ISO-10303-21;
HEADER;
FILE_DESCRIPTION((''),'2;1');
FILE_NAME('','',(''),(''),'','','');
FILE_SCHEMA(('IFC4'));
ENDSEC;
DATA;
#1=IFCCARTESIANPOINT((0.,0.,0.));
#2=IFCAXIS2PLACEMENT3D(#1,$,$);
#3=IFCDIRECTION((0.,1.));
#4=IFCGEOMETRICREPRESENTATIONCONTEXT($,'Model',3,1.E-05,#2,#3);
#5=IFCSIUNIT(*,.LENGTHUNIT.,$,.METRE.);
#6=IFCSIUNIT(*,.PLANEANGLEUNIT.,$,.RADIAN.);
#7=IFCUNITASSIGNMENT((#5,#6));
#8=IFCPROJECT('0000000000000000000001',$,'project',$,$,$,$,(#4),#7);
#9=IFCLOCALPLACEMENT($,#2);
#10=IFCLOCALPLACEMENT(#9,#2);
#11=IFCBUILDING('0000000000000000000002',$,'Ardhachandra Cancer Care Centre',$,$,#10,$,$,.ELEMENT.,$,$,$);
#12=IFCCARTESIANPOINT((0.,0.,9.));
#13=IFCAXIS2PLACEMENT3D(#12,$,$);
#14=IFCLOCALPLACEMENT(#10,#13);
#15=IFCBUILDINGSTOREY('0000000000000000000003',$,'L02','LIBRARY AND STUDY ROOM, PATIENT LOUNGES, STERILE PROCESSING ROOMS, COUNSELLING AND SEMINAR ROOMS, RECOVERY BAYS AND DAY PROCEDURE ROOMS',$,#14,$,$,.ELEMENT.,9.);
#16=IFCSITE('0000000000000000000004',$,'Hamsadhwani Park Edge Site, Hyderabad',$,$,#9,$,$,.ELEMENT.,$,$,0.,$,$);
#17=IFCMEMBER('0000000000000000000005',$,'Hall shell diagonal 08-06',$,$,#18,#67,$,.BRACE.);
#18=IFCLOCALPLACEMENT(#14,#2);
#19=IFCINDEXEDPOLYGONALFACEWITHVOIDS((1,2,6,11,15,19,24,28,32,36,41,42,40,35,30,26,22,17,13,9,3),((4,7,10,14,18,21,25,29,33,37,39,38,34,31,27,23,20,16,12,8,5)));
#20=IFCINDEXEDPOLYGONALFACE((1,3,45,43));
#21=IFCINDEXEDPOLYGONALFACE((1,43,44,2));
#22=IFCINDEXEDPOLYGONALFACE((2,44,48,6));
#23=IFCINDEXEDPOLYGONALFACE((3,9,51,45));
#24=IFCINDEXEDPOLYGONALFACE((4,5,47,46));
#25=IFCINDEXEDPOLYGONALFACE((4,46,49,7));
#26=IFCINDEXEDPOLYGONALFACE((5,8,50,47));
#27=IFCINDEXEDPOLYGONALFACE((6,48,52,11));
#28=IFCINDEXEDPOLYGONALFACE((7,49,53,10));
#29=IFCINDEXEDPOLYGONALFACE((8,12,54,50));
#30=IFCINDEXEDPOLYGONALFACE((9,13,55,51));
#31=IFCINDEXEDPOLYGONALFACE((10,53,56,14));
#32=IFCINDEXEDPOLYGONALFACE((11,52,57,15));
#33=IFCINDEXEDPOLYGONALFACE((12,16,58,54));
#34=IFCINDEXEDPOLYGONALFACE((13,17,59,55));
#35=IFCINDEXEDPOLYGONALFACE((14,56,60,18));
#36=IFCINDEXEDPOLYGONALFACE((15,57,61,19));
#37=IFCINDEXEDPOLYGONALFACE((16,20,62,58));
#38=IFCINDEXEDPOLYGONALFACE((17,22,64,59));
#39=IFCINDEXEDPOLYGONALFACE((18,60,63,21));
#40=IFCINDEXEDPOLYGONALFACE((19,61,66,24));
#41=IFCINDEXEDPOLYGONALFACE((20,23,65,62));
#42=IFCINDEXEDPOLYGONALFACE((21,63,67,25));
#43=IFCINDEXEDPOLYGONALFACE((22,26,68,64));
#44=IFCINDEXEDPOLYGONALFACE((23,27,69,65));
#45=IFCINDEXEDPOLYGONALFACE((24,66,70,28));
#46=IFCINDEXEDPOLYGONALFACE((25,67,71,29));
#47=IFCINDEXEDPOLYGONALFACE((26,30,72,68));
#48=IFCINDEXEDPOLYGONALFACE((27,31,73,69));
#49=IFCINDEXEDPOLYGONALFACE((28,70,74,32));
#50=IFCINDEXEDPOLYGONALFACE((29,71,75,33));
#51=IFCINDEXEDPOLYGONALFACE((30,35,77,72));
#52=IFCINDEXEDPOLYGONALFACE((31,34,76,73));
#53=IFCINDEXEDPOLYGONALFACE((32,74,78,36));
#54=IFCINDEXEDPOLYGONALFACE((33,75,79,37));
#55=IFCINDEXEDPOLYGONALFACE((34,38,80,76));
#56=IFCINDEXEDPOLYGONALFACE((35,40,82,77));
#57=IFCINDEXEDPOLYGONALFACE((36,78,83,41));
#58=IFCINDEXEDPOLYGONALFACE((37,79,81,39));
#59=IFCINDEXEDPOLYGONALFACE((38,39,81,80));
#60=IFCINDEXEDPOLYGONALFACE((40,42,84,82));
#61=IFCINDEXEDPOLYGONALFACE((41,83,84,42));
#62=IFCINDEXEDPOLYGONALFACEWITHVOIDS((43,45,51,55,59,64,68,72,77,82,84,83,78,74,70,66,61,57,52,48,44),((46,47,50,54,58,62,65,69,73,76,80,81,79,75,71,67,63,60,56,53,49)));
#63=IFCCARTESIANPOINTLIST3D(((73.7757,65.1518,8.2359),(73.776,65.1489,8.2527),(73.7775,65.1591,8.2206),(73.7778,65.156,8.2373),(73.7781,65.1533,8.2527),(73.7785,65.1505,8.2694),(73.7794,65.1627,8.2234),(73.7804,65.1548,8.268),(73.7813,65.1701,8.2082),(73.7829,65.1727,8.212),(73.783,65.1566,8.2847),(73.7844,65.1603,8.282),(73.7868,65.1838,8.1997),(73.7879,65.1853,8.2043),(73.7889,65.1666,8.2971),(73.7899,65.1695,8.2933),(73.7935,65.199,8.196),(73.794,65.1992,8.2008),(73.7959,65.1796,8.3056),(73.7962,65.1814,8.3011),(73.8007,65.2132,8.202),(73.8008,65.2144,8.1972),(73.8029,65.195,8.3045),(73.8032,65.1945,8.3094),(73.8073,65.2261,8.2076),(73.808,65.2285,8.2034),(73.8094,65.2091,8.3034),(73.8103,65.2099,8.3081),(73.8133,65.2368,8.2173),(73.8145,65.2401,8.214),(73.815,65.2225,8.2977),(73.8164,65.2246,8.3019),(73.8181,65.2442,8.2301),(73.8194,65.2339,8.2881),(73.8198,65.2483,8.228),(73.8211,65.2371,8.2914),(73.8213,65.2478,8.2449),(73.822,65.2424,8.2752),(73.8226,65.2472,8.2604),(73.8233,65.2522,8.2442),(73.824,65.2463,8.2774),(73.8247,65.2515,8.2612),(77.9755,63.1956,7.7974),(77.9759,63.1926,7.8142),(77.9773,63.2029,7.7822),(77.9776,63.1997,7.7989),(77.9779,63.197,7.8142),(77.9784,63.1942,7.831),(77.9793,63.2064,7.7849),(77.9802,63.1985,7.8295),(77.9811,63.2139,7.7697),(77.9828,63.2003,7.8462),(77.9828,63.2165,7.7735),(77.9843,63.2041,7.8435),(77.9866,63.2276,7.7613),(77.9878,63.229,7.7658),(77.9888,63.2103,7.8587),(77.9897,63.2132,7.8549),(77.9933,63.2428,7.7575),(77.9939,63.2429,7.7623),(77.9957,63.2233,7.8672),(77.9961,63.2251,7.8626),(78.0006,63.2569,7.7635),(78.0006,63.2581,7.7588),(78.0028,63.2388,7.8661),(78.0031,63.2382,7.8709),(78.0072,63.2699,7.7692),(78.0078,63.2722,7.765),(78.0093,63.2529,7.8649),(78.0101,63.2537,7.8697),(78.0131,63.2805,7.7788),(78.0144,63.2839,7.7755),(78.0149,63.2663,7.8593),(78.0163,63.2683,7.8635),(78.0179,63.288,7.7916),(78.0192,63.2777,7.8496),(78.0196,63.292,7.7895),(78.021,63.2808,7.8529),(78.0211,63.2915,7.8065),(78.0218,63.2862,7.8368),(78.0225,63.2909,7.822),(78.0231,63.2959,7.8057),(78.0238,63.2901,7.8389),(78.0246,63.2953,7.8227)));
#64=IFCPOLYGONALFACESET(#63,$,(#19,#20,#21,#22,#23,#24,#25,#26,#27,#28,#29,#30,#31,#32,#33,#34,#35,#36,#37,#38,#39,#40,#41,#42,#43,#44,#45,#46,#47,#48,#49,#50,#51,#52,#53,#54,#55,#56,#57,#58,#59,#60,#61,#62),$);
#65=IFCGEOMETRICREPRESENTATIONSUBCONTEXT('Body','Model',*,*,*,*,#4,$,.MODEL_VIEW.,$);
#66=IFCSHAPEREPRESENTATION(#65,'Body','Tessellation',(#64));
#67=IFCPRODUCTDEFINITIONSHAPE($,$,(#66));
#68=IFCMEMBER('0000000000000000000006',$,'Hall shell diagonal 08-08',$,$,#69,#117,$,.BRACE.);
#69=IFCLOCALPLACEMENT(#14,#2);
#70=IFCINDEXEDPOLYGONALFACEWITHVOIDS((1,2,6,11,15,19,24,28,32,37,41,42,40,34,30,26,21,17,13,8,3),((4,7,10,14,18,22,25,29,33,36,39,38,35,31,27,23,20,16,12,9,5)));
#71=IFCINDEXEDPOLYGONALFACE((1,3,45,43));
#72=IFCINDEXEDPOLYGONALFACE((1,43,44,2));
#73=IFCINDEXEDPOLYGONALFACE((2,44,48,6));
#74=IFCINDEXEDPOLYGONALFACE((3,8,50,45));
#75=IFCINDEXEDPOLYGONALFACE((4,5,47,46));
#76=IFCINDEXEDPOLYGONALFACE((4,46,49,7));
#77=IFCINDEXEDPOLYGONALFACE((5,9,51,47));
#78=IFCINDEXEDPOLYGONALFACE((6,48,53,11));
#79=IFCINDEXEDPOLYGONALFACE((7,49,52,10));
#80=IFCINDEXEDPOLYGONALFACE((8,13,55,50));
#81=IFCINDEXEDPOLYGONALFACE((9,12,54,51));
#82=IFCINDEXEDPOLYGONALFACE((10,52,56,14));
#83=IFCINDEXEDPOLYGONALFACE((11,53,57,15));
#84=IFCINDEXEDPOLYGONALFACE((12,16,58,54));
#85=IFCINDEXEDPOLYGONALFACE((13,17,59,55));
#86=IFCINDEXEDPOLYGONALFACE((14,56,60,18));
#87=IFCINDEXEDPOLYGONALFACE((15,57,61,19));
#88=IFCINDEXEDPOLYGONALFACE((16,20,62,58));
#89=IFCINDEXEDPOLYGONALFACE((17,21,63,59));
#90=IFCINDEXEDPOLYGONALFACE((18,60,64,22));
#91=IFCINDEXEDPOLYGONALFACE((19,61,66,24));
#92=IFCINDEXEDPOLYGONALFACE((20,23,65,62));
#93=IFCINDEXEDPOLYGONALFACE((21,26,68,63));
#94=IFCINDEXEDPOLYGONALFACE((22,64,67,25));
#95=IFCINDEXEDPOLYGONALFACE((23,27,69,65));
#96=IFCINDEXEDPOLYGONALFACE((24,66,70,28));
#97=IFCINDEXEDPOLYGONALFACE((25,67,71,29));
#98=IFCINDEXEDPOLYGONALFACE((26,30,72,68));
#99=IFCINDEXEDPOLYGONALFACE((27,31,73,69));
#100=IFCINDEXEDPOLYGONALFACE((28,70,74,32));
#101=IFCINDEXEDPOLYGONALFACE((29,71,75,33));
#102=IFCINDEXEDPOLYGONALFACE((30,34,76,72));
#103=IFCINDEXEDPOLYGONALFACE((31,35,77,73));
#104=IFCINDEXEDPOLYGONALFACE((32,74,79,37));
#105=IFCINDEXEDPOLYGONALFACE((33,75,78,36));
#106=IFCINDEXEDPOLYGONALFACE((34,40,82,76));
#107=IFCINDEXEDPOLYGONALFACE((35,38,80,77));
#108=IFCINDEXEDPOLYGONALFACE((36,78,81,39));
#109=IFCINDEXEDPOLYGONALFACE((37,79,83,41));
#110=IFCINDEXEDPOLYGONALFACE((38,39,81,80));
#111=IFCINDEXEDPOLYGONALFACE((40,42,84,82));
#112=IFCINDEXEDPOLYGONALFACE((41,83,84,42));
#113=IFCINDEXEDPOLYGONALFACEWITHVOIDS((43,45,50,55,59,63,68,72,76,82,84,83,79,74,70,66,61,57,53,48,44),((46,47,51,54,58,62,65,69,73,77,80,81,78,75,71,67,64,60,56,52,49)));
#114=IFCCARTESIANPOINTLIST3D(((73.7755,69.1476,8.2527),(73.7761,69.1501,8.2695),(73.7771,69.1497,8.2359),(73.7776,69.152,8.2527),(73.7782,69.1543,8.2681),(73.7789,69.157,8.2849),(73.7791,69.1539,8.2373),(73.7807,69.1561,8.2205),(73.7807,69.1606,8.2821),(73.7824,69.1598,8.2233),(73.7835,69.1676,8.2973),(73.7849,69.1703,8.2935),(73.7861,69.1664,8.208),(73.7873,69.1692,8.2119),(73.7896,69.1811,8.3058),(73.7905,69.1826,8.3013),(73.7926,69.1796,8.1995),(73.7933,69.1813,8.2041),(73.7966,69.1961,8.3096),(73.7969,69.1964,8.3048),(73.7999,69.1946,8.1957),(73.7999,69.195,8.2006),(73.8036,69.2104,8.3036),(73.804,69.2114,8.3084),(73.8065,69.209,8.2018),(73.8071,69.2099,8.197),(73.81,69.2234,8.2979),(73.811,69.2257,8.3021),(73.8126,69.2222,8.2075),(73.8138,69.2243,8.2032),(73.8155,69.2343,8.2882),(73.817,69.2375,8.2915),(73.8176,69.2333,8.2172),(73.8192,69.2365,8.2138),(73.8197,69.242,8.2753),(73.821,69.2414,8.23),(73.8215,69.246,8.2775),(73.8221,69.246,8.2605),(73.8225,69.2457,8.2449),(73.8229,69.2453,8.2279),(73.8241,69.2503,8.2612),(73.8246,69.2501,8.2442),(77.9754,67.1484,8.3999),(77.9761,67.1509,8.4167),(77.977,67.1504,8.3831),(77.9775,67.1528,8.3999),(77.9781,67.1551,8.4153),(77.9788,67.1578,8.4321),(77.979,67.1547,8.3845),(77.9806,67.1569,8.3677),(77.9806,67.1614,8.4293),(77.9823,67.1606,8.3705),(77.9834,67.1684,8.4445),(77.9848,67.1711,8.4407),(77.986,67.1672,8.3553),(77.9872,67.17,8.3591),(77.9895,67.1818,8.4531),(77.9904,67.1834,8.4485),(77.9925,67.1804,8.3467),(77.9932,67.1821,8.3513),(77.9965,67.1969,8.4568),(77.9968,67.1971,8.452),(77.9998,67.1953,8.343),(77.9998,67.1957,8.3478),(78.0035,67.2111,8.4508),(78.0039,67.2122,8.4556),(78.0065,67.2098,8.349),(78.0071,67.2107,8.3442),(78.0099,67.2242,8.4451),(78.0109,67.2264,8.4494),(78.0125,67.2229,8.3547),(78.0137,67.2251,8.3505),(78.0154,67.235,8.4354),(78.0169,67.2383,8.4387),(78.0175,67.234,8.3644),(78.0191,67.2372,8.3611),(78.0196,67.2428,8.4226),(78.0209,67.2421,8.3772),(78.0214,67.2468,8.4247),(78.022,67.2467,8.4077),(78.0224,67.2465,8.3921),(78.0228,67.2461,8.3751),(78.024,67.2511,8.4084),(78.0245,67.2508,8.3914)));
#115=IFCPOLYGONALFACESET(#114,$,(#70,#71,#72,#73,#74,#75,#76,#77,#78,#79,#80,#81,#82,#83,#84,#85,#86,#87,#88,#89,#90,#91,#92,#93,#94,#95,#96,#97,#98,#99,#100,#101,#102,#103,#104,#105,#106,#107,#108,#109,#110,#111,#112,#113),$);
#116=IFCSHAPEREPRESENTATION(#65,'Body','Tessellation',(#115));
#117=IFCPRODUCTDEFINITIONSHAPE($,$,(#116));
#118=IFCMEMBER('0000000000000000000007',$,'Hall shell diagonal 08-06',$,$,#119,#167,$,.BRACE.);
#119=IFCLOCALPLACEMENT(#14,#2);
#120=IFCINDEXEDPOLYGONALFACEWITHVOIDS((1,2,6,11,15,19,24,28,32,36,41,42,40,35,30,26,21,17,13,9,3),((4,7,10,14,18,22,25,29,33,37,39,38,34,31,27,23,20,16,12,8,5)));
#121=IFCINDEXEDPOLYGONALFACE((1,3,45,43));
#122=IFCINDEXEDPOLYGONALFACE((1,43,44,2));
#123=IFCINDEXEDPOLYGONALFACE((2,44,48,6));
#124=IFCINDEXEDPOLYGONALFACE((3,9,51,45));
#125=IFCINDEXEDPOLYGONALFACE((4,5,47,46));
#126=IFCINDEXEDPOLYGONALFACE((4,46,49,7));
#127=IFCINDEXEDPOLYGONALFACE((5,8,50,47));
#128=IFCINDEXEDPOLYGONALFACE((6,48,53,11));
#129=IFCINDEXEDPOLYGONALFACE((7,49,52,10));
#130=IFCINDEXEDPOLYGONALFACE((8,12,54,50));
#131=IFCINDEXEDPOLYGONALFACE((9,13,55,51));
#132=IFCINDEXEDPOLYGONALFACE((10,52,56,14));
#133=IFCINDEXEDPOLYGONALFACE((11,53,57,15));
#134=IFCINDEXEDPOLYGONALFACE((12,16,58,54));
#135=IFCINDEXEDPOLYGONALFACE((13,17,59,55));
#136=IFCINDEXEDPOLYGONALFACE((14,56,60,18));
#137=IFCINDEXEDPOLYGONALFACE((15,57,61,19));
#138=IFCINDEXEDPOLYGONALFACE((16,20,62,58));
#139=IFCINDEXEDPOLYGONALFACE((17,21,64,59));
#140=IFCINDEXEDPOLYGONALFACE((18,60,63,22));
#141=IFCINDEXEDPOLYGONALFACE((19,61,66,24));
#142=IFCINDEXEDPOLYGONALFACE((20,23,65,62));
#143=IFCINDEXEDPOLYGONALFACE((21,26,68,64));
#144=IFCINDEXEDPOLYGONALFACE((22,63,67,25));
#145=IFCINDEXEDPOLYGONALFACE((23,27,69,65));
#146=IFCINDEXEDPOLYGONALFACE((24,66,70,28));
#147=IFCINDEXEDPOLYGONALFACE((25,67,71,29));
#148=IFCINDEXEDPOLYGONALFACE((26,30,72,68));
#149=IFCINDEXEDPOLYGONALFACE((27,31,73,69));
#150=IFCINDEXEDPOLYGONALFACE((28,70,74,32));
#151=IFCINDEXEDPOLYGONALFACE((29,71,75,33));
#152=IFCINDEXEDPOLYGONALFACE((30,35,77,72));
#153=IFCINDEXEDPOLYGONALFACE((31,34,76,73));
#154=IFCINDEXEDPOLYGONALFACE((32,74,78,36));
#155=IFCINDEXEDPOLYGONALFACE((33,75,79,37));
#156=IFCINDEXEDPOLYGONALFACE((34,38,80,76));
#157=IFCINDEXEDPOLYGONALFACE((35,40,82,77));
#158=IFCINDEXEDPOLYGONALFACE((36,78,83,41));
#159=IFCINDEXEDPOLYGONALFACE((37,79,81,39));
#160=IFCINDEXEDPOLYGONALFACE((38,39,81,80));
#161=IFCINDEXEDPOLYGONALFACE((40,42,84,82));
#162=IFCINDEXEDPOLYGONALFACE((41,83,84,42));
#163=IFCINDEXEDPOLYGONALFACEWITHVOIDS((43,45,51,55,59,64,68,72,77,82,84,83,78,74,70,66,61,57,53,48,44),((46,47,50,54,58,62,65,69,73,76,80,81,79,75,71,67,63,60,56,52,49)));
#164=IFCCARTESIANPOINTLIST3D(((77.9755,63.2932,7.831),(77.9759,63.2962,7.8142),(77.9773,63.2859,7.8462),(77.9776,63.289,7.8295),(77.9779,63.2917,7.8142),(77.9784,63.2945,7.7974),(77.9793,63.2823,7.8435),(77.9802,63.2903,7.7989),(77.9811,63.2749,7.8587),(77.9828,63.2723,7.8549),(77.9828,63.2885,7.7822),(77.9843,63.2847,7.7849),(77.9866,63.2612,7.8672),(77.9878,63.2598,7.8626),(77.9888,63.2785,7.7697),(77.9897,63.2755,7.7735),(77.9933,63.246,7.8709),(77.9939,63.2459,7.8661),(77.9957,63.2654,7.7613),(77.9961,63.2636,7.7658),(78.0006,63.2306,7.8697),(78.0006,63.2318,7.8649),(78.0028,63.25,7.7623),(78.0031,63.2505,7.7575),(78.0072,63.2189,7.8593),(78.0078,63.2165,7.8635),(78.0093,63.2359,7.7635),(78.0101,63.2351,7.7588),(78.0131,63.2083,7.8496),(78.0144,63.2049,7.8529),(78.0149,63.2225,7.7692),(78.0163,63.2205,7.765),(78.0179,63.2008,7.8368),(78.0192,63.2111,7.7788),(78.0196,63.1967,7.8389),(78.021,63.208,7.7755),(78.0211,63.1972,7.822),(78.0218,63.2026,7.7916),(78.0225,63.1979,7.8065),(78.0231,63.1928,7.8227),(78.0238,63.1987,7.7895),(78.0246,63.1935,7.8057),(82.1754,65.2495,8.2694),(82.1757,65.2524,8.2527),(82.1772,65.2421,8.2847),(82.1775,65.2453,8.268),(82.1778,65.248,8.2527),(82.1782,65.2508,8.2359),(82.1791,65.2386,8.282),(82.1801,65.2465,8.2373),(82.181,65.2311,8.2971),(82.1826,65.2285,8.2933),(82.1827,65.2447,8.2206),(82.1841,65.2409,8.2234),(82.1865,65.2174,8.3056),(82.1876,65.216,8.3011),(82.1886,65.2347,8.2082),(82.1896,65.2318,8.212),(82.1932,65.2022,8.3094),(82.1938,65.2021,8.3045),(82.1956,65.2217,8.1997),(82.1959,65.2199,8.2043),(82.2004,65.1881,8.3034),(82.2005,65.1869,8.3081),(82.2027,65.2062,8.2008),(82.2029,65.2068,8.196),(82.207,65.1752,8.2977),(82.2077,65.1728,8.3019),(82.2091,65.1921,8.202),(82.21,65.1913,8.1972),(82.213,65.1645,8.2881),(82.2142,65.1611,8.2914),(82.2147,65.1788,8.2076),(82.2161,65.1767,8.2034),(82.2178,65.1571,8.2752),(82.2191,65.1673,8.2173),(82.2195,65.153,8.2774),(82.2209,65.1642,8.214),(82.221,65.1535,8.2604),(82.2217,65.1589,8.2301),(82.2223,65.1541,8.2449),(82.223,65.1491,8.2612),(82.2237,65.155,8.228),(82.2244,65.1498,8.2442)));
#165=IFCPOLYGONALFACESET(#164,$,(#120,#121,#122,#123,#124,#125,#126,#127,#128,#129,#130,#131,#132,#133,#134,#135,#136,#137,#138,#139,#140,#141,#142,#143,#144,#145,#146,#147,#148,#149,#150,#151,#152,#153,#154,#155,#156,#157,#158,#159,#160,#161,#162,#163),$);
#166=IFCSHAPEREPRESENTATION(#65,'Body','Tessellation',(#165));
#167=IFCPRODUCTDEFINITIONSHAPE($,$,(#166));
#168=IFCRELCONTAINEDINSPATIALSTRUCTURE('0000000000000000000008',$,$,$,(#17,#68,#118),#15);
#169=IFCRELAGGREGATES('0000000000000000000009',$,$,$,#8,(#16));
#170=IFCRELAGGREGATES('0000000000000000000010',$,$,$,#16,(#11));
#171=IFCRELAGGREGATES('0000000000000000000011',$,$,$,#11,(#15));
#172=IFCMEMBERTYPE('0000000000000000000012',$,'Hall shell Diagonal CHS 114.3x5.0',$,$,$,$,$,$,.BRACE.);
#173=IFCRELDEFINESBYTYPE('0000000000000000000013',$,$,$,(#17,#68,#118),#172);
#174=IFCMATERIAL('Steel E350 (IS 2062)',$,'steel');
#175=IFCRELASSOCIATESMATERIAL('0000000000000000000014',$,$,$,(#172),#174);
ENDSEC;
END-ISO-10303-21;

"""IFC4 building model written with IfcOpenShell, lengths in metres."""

from ifc_helpers import new_model, si_unit, direction, frame, origin, origin_2d, place, context, subcontext, project, spatial, hollow_circle, extrude, material, material_profile, profile_set, type_object, element, save


model = new_model("IFC4")

# Units and contexts
model_context = context("Model", 3, precision=1e-05, world=origin(), true_north=direction((0.0, 1.0)))
body_context = subcontext(model_context, "Body", "Model", "MODEL_VIEW")
ifc_project = project(units=[si_unit("LENGTHUNIT", "METRE"), si_unit("PLANEANGLEUNIT", "RADIAN")], contexts=[model_context])

# Site, building, storey
site_placement = place(None, origin())
site = spatial("IfcSite", under=ifc_project, at=site_placement, Name="Hamsadhwani Park Edge Site, Hyderabad", CompositionType="ELEMENT", RefElevation=0.0)
building_placement = place(site_placement, origin())
building = spatial("IfcBuilding", under=site, at=building_placement, Name="Ardhachandra Cancer Care Centre", CompositionType="ELEMENT")
storey_placement = place(building_placement, frame((0.0, 0.0, 9.0)))
storey = spatial("IfcBuildingStorey", under=building, at=storey_placement, Name="L02", Description="LIBRARY AND STUDY ROOM, PATIENT LOUNGES, STERILE PROCESSING ROOMS, COUNSELLING AND SEMINAR ROOMS, RECOVERY BAYS AND DAY PROCEDURE ROOMS", CompositionType="ELEMENT", Elevation=9.0)

# Members
ifc_material_1 = material(Name="Steel E350 (IS 2062)", Category="steel")
ifc_material_profile_1 = material_profile(ifc_material_1, hollow_circle(Radius=0.0571, WallThickness=0.0049, at=origin_2d()), Name="CHS 114.3x5.0")
ifc_profile_set_1 = profile_set([ifc_material_profile_1], Name="Steel E350 (IS 2062)")
member_type_1 = type_object("IfcMemberType", Name="Hall shell Diagonal CHS 114.3x5.0", PredefinedType="BRACE", material=ifc_profile_set_1)
for number, where, z_axis, x_axis, name in (
    (1, (78.0, 63.2444, 7.8142), (-0.902455, 0.420355, 0.094217), (-0.422233, -0.906487, 0.0), "Hall shell diagonal 08-06"),
    (2, (78.0, 67.2, 8.3999), (-0.902468, 0.429594, -0.031633), (-0.429809, -0.90292, 0.0), "Hall shell diagonal 08-08"),
    (3, (78.0, 63.2444, 7.8142), (0.902455, 0.420355, 0.094217), (-0.422233, 0.906487, 0.0), "Hall shell diagonal 08-06"),
):
    element("IfcMember", number, at=place(storey_placement, frame(where, z_axis=z_axis, x_axis=x_axis)), inside=storey, type_object=member_type_1, Name=name, PredefinedType="BRACE", context=body_context, shape_type="SweptSolid", body=[
        extrude(hollow_circle(Radius=0.0571, WallThickness=0.0049, at=origin_2d()), origin(), (0.0, 0.0, 1.0), 4.6538),
    ])

save(model, "model.ifc")
